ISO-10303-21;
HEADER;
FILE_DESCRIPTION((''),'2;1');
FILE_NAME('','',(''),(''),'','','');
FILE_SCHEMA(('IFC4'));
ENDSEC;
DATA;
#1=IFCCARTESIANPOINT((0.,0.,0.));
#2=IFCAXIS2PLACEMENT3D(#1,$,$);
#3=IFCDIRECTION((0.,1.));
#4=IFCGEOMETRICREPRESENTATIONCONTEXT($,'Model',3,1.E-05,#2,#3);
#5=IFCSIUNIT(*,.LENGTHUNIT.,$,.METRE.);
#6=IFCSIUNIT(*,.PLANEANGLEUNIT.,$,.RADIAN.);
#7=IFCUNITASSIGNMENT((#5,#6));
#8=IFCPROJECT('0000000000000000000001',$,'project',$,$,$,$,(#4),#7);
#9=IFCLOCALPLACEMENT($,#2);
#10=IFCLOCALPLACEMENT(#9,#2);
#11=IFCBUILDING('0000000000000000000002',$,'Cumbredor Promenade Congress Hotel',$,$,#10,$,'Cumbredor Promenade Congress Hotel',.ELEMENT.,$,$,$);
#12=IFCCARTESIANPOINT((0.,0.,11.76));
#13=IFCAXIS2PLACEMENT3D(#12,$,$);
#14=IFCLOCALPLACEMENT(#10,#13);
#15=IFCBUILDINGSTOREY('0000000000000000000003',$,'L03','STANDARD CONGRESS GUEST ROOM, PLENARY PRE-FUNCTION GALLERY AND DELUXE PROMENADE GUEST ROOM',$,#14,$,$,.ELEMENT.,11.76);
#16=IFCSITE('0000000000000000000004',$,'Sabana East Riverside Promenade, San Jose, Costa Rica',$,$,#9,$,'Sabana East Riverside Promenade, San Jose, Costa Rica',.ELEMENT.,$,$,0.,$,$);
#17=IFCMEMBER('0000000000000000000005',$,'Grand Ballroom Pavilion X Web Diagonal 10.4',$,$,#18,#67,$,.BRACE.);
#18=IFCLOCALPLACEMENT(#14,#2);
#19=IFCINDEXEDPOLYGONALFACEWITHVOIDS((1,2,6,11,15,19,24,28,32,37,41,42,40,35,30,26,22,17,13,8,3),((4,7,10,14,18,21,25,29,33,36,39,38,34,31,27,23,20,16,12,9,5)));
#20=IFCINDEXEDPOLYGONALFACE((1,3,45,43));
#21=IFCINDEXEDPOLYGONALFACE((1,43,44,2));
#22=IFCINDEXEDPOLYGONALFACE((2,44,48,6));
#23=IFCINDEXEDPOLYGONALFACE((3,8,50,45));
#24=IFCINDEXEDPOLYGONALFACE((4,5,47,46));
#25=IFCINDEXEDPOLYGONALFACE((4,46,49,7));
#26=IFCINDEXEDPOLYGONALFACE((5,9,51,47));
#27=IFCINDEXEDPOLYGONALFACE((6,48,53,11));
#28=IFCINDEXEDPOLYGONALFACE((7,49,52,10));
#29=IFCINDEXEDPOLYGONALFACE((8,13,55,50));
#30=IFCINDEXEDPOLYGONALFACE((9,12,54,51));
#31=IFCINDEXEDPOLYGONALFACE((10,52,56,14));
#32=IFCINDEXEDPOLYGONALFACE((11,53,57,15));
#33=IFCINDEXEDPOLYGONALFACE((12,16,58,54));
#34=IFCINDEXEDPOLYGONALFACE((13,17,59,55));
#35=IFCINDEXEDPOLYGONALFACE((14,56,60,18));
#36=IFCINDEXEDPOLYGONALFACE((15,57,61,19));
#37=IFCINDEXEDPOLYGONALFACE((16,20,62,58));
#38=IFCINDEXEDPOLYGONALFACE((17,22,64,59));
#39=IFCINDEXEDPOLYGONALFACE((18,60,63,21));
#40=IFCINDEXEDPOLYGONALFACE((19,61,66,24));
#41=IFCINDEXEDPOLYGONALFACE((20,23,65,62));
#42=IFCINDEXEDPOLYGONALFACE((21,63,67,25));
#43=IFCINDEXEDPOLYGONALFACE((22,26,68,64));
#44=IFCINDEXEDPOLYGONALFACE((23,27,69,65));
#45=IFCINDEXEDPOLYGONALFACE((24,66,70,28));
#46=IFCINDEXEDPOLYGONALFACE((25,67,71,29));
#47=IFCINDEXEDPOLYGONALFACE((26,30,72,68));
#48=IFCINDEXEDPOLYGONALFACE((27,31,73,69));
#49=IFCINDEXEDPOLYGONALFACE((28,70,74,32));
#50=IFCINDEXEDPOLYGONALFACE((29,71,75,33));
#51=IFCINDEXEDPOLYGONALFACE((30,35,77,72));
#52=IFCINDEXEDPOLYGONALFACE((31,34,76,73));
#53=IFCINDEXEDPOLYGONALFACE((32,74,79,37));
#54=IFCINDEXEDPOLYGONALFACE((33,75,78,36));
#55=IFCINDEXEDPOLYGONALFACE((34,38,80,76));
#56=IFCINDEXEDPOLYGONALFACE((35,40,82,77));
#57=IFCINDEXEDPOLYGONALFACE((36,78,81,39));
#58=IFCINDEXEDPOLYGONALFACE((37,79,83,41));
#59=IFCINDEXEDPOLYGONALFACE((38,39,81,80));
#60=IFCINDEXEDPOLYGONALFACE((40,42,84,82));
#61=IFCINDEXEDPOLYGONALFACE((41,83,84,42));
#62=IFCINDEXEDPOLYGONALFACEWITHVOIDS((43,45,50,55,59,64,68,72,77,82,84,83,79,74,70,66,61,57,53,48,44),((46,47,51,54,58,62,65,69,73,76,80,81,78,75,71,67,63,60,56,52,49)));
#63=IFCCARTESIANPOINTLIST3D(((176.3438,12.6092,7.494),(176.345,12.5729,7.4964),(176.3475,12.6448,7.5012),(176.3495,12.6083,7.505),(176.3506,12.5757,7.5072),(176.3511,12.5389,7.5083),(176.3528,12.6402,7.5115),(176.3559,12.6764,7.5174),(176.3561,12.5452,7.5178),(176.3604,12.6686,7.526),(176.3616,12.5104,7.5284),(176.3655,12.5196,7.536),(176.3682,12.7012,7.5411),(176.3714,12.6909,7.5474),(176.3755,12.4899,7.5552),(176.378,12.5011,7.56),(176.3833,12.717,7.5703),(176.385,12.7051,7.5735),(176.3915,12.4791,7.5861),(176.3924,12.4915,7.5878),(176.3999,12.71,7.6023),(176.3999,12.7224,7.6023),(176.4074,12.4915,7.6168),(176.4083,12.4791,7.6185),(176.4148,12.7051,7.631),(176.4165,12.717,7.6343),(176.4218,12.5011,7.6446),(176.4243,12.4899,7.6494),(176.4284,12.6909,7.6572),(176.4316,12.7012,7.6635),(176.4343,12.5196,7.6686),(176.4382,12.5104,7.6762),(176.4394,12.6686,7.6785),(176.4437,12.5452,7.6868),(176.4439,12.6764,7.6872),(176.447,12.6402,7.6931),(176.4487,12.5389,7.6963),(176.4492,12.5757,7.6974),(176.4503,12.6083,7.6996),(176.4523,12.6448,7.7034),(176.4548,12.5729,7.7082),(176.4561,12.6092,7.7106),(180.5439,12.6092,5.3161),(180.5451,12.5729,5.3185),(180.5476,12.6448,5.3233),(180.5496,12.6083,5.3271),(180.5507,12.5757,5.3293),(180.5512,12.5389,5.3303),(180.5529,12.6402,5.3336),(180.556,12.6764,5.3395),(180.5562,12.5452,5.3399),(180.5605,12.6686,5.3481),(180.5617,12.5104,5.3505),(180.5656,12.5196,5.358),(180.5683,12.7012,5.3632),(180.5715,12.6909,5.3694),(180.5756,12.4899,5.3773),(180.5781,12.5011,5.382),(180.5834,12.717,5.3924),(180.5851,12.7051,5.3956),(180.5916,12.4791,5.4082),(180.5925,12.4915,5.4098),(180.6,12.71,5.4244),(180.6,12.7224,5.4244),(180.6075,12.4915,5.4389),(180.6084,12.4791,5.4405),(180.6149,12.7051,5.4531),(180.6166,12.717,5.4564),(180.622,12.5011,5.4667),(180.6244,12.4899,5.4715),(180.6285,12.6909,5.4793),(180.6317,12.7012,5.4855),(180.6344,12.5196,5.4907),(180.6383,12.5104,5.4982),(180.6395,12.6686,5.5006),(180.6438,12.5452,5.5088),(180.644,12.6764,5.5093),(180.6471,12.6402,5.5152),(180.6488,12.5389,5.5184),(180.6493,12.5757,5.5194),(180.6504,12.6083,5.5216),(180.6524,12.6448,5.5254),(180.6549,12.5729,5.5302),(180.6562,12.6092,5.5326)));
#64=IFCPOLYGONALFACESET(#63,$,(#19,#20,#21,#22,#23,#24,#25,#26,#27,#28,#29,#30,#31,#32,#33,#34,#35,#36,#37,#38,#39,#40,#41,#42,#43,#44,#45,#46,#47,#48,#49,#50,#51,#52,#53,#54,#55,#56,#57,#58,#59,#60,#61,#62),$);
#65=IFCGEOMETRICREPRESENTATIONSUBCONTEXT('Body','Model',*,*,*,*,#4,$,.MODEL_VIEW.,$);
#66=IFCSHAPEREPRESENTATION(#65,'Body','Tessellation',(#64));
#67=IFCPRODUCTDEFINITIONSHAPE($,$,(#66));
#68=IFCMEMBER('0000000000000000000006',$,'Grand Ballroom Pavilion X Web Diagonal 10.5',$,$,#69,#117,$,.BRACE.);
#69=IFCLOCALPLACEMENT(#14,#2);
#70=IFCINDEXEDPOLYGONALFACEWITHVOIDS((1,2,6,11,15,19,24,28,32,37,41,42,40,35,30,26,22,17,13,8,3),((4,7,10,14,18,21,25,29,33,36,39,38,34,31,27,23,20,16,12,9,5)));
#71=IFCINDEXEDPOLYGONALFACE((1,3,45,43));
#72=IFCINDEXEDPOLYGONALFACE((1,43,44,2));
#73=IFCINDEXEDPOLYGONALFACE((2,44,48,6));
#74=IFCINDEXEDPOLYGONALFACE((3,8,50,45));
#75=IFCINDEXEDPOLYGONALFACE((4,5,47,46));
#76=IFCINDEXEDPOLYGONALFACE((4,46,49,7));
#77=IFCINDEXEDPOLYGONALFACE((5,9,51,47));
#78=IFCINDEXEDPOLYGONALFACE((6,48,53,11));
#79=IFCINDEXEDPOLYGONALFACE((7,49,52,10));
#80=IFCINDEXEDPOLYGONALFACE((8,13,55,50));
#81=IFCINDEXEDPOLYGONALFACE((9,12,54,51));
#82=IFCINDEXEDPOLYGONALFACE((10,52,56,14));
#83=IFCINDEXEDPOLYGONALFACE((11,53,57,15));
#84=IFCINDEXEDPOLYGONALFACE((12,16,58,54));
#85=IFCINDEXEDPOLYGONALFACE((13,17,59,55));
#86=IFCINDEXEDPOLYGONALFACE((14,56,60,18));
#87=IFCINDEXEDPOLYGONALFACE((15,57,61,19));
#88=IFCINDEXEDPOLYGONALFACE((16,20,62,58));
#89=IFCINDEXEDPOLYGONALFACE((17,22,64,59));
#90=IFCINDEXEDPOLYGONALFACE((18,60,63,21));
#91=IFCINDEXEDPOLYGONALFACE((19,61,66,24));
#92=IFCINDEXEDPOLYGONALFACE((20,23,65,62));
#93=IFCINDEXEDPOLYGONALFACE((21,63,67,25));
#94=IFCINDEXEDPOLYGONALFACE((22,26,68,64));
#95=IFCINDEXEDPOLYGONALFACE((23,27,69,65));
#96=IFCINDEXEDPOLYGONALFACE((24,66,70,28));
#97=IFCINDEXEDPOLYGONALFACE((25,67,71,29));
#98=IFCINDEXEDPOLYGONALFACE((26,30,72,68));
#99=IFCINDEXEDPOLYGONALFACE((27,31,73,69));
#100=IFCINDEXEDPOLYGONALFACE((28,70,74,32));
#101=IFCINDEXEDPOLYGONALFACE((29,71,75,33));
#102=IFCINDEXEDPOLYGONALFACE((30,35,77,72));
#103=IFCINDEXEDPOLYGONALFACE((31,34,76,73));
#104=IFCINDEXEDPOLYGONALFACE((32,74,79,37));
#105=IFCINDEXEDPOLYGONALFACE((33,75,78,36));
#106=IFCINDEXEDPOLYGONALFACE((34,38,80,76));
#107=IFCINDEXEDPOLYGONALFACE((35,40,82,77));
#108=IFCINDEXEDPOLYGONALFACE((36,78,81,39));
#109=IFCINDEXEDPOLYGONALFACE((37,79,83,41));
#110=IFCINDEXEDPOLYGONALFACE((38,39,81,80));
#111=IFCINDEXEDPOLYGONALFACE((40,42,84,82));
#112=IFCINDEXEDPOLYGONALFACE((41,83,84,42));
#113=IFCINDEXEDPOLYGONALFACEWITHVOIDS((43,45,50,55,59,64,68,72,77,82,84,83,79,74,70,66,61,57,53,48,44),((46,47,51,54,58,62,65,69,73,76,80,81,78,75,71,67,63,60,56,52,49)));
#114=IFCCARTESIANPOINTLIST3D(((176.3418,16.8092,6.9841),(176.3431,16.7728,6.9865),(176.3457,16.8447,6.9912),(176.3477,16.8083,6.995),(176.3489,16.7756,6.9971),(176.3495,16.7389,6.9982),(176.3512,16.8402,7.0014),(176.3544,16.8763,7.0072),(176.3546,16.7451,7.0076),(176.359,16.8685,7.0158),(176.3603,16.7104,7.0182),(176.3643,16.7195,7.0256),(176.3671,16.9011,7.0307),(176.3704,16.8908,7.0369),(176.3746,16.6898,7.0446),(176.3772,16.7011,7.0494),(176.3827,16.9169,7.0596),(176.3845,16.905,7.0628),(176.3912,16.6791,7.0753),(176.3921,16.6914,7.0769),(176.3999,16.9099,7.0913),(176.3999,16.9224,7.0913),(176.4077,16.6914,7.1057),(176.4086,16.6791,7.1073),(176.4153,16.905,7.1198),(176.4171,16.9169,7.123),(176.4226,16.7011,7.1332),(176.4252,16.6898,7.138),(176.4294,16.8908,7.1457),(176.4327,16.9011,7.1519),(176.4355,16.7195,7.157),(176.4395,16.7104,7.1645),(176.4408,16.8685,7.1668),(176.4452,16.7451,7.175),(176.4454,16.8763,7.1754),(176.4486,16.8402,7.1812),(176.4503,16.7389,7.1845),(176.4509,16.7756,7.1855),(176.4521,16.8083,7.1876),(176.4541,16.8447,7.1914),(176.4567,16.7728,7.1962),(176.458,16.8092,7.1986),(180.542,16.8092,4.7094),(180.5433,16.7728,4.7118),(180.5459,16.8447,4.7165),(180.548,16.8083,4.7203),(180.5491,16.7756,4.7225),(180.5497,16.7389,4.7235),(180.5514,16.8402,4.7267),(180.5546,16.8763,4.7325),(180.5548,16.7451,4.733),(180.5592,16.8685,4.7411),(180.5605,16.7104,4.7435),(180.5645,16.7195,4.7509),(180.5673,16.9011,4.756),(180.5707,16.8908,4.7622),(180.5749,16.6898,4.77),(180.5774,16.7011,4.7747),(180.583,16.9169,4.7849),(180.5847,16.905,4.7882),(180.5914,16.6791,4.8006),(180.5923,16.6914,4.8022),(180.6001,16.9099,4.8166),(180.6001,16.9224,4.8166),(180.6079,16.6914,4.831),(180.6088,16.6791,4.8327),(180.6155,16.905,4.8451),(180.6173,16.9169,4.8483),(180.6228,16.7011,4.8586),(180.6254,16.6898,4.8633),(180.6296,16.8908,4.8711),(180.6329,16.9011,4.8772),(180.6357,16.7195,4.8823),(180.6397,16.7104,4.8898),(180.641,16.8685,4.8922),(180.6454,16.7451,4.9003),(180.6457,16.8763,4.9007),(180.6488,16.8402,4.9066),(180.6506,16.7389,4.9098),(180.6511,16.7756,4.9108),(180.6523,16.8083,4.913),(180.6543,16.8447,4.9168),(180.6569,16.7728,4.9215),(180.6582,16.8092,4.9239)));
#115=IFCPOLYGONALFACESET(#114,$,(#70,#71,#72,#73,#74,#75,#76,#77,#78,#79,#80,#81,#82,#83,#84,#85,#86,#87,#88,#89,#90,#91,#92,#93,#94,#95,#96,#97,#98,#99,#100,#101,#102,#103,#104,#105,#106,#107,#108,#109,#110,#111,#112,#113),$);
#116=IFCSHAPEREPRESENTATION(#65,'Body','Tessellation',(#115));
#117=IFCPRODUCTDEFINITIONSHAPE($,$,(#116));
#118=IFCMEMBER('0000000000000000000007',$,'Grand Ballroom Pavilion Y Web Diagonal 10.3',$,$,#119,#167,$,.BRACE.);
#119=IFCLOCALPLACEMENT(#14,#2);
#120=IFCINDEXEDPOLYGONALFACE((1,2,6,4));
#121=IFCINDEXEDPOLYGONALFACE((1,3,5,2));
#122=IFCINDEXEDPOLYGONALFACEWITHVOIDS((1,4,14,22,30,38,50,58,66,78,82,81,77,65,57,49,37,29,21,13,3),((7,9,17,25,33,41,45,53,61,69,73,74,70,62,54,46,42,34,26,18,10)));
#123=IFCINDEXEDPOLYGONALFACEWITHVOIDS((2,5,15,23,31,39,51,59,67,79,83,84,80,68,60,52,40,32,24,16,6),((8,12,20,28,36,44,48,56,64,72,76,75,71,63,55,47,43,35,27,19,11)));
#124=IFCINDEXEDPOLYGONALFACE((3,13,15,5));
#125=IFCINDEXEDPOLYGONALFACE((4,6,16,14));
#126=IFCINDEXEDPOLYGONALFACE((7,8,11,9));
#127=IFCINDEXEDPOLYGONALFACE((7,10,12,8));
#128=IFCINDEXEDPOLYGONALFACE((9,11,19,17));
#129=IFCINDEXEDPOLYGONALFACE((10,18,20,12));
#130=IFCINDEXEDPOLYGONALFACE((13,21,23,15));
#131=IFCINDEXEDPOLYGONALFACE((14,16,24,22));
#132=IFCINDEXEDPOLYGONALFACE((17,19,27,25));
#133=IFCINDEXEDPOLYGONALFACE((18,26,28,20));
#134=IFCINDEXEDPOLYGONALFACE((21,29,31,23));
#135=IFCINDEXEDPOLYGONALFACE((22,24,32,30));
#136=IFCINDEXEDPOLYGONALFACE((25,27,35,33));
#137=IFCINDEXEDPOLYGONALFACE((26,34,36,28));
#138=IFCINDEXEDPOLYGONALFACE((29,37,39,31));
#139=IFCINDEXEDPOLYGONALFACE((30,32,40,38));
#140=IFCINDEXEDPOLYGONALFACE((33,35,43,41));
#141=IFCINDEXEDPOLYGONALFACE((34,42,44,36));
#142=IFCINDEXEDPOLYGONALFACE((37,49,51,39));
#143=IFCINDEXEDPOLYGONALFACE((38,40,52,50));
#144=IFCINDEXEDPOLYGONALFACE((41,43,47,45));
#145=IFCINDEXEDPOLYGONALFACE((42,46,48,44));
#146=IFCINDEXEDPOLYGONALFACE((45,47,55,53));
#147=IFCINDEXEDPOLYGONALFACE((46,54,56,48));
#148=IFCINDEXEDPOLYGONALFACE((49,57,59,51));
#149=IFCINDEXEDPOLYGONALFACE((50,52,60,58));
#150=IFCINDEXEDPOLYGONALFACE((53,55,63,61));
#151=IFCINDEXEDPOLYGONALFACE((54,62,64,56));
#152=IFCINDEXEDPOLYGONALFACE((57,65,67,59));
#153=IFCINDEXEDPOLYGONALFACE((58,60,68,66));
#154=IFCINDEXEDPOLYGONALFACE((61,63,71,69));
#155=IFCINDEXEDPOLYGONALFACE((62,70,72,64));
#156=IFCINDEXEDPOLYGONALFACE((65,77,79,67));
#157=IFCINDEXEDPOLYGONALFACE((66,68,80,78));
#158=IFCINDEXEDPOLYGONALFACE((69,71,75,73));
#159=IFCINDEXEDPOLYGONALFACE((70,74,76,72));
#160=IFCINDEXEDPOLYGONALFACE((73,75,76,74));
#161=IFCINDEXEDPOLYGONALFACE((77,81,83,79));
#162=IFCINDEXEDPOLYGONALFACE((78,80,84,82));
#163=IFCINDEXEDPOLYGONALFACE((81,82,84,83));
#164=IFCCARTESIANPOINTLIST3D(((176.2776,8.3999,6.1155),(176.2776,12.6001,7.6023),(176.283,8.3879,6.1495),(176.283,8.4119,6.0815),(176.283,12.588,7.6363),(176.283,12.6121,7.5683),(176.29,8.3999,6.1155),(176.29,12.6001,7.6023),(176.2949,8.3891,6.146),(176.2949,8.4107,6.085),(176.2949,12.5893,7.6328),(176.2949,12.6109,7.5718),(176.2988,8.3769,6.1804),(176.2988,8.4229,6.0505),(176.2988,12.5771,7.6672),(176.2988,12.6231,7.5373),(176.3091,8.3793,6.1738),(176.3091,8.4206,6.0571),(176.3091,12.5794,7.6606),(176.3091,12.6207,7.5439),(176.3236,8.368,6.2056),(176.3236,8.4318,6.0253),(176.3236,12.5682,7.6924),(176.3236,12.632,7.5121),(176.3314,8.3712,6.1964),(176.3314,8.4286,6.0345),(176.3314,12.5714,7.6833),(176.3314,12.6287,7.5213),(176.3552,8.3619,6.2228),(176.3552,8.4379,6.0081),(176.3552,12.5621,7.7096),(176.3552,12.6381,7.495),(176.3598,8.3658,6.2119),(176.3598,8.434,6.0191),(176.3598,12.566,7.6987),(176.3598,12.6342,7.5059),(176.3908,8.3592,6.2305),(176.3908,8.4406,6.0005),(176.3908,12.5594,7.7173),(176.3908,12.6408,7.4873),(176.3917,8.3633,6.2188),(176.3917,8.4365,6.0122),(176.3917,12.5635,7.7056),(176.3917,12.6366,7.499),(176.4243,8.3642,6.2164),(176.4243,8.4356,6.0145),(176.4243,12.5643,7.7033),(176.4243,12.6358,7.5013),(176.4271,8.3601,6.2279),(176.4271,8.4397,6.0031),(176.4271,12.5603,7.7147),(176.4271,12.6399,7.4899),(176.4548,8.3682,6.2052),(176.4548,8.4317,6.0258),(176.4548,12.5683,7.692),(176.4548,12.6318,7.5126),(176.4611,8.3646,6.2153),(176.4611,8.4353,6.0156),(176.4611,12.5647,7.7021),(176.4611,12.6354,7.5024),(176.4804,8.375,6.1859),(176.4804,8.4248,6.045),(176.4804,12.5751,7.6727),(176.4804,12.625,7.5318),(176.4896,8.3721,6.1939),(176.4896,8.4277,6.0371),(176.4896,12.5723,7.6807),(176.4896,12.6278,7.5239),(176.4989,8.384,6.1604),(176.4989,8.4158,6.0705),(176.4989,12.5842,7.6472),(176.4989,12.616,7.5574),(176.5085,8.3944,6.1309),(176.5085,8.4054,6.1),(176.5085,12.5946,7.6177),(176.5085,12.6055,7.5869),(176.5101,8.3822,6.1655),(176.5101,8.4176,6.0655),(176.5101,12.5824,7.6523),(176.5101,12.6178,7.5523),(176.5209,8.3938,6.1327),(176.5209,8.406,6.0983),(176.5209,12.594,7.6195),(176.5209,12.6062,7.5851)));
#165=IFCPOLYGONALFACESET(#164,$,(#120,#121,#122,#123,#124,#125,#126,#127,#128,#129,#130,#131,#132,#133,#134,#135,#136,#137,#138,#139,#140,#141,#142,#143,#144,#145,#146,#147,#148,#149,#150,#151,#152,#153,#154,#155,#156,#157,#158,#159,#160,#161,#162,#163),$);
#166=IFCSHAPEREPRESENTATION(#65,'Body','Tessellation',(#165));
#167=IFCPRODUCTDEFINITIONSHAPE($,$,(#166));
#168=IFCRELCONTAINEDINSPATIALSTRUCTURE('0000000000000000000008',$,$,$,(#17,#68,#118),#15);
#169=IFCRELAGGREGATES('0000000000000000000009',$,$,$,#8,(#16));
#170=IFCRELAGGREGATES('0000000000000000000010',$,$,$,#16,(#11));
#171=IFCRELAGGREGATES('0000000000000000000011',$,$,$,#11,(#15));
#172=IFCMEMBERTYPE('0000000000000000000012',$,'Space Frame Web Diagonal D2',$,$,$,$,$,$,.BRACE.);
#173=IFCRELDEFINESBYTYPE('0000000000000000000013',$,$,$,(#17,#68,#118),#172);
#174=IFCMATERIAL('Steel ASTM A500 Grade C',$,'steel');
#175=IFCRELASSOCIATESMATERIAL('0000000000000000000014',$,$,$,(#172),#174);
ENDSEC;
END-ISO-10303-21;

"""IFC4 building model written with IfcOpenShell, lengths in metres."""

from ifc_helpers import new_model, si_unit, direction, frame, origin, origin_2d, place, context, subcontext, project, spatial, hollow_circle, extrude, material, material_profile, profile_set, type_object, element, save


model = new_model("IFC4")

# Units and contexts
model_context = context("Model", 3, precision=1e-05, world=origin(), true_north=direction((0.0, 1.0)))
body_context = subcontext(model_context, "Body", "Model", "MODEL_VIEW")
ifc_project = project(units=[si_unit("LENGTHUNIT", "METRE"), si_unit("PLANEANGLEUNIT", "RADIAN")], contexts=[model_context])

# Site, building, storey
site_placement = place(None, origin())
site = spatial("IfcSite", under=ifc_project, at=site_placement, Name="Sabana East Riverside Promenade, San Jose, Costa Rica", LongName="Sabana East Riverside Promenade, San Jose, Costa Rica", CompositionType="ELEMENT", RefElevation=0.0)
building_placement = place(site_placement, origin())
building = spatial("IfcBuilding", under=site, at=building_placement, Name="Cumbredor Promenade Congress Hotel", LongName="Cumbredor Promenade Congress Hotel", CompositionType="ELEMENT")
storey_placement = place(building_placement, frame((0.0, 0.0, 11.76)))
storey = spatial("IfcBuildingStorey", under=building, at=storey_placement, Name="L03", Description="STANDARD CONGRESS GUEST ROOM, PLENARY PRE-FUNCTION GALLERY AND DELUXE PROMENADE GUEST ROOM", CompositionType="ELEMENT", Elevation=11.76)

# Shared definitions
ifc_material_1 = material(Name="Steel ASTM A500 Grade C", Category="steel")

# Members
ifc_material_profile_1 = material_profile(ifc_material_1, hollow_circle(Radius=0.1223, WallThickness=0.0125, at=origin_2d()), Name="CHS 244.5x12.5")
ifc_profile_set_1 = profile_set([ifc_material_profile_1], Name="Steel ASTM A500 Grade C")
member_type_1 = type_object("IfcMemberType", Name="Space Frame Web Diagonal D2", PredefinedType="BRACE", material=ifc_profile_set_1)
member_1_placement = place(storey_placement, frame((176.3999, 12.6001, 7.6023), z_axis=(0.887746, 0.0, -0.460334), x_axis=(0.0, 1.0, 0.0)))
element("IfcMember", 1, at=member_1_placement, inside=storey, type_object=member_type_1, Name="Grand Ballroom Pavilion X Web Diagonal 10.4", PredefinedType="BRACE", context=body_context, shape_type="SweptSolid", body=[
    extrude(hollow_circle(Radius=0.1223, WallThickness=0.0125, at=origin_2d()), origin(), (0.0, 0.0, 1.0), 4.7312),
])
member_2_placement = place(storey_placement, frame((176.3999, 16.8, 7.0913), z_axis=(0.879331, 0.0, -0.476211), x_axis=(0.0, 1.0, 0.0)))
element("IfcMember", 2, at=member_2_placement, inside=storey, type_object=member_type_1, Name="Grand Ballroom Pavilion X Web Diagonal 10.5", PredefinedType="BRACE", context=body_context, shape_type="SweptSolid", body=[
    extrude(hollow_circle(Radius=0.1223, WallThickness=0.0125, at=origin_2d()), origin(), (0.0, 0.0, 1.0), 4.7766),
])
member_3_placement = place(storey_placement, frame((176.3999, 8.3999, 6.1155), z_axis=(0.0, 0.94268, 0.333697), x_axis=(-1.0, 0.0, 0.0)))
element("IfcMember", 3, at=member_3_placement, inside=storey, type_object=member_type_1, Name="Grand Ballroom Pavilion Y Web Diagonal 10.3", PredefinedType="BRACE", context=body_context, shape_type="SweptSolid", body=[
    extrude(hollow_circle(Radius=0.1223, WallThickness=0.0125, at=origin_2d()), origin(), (0.0, 0.0, 1.0), 4.4556),
])

save(model, "model.ifc")
